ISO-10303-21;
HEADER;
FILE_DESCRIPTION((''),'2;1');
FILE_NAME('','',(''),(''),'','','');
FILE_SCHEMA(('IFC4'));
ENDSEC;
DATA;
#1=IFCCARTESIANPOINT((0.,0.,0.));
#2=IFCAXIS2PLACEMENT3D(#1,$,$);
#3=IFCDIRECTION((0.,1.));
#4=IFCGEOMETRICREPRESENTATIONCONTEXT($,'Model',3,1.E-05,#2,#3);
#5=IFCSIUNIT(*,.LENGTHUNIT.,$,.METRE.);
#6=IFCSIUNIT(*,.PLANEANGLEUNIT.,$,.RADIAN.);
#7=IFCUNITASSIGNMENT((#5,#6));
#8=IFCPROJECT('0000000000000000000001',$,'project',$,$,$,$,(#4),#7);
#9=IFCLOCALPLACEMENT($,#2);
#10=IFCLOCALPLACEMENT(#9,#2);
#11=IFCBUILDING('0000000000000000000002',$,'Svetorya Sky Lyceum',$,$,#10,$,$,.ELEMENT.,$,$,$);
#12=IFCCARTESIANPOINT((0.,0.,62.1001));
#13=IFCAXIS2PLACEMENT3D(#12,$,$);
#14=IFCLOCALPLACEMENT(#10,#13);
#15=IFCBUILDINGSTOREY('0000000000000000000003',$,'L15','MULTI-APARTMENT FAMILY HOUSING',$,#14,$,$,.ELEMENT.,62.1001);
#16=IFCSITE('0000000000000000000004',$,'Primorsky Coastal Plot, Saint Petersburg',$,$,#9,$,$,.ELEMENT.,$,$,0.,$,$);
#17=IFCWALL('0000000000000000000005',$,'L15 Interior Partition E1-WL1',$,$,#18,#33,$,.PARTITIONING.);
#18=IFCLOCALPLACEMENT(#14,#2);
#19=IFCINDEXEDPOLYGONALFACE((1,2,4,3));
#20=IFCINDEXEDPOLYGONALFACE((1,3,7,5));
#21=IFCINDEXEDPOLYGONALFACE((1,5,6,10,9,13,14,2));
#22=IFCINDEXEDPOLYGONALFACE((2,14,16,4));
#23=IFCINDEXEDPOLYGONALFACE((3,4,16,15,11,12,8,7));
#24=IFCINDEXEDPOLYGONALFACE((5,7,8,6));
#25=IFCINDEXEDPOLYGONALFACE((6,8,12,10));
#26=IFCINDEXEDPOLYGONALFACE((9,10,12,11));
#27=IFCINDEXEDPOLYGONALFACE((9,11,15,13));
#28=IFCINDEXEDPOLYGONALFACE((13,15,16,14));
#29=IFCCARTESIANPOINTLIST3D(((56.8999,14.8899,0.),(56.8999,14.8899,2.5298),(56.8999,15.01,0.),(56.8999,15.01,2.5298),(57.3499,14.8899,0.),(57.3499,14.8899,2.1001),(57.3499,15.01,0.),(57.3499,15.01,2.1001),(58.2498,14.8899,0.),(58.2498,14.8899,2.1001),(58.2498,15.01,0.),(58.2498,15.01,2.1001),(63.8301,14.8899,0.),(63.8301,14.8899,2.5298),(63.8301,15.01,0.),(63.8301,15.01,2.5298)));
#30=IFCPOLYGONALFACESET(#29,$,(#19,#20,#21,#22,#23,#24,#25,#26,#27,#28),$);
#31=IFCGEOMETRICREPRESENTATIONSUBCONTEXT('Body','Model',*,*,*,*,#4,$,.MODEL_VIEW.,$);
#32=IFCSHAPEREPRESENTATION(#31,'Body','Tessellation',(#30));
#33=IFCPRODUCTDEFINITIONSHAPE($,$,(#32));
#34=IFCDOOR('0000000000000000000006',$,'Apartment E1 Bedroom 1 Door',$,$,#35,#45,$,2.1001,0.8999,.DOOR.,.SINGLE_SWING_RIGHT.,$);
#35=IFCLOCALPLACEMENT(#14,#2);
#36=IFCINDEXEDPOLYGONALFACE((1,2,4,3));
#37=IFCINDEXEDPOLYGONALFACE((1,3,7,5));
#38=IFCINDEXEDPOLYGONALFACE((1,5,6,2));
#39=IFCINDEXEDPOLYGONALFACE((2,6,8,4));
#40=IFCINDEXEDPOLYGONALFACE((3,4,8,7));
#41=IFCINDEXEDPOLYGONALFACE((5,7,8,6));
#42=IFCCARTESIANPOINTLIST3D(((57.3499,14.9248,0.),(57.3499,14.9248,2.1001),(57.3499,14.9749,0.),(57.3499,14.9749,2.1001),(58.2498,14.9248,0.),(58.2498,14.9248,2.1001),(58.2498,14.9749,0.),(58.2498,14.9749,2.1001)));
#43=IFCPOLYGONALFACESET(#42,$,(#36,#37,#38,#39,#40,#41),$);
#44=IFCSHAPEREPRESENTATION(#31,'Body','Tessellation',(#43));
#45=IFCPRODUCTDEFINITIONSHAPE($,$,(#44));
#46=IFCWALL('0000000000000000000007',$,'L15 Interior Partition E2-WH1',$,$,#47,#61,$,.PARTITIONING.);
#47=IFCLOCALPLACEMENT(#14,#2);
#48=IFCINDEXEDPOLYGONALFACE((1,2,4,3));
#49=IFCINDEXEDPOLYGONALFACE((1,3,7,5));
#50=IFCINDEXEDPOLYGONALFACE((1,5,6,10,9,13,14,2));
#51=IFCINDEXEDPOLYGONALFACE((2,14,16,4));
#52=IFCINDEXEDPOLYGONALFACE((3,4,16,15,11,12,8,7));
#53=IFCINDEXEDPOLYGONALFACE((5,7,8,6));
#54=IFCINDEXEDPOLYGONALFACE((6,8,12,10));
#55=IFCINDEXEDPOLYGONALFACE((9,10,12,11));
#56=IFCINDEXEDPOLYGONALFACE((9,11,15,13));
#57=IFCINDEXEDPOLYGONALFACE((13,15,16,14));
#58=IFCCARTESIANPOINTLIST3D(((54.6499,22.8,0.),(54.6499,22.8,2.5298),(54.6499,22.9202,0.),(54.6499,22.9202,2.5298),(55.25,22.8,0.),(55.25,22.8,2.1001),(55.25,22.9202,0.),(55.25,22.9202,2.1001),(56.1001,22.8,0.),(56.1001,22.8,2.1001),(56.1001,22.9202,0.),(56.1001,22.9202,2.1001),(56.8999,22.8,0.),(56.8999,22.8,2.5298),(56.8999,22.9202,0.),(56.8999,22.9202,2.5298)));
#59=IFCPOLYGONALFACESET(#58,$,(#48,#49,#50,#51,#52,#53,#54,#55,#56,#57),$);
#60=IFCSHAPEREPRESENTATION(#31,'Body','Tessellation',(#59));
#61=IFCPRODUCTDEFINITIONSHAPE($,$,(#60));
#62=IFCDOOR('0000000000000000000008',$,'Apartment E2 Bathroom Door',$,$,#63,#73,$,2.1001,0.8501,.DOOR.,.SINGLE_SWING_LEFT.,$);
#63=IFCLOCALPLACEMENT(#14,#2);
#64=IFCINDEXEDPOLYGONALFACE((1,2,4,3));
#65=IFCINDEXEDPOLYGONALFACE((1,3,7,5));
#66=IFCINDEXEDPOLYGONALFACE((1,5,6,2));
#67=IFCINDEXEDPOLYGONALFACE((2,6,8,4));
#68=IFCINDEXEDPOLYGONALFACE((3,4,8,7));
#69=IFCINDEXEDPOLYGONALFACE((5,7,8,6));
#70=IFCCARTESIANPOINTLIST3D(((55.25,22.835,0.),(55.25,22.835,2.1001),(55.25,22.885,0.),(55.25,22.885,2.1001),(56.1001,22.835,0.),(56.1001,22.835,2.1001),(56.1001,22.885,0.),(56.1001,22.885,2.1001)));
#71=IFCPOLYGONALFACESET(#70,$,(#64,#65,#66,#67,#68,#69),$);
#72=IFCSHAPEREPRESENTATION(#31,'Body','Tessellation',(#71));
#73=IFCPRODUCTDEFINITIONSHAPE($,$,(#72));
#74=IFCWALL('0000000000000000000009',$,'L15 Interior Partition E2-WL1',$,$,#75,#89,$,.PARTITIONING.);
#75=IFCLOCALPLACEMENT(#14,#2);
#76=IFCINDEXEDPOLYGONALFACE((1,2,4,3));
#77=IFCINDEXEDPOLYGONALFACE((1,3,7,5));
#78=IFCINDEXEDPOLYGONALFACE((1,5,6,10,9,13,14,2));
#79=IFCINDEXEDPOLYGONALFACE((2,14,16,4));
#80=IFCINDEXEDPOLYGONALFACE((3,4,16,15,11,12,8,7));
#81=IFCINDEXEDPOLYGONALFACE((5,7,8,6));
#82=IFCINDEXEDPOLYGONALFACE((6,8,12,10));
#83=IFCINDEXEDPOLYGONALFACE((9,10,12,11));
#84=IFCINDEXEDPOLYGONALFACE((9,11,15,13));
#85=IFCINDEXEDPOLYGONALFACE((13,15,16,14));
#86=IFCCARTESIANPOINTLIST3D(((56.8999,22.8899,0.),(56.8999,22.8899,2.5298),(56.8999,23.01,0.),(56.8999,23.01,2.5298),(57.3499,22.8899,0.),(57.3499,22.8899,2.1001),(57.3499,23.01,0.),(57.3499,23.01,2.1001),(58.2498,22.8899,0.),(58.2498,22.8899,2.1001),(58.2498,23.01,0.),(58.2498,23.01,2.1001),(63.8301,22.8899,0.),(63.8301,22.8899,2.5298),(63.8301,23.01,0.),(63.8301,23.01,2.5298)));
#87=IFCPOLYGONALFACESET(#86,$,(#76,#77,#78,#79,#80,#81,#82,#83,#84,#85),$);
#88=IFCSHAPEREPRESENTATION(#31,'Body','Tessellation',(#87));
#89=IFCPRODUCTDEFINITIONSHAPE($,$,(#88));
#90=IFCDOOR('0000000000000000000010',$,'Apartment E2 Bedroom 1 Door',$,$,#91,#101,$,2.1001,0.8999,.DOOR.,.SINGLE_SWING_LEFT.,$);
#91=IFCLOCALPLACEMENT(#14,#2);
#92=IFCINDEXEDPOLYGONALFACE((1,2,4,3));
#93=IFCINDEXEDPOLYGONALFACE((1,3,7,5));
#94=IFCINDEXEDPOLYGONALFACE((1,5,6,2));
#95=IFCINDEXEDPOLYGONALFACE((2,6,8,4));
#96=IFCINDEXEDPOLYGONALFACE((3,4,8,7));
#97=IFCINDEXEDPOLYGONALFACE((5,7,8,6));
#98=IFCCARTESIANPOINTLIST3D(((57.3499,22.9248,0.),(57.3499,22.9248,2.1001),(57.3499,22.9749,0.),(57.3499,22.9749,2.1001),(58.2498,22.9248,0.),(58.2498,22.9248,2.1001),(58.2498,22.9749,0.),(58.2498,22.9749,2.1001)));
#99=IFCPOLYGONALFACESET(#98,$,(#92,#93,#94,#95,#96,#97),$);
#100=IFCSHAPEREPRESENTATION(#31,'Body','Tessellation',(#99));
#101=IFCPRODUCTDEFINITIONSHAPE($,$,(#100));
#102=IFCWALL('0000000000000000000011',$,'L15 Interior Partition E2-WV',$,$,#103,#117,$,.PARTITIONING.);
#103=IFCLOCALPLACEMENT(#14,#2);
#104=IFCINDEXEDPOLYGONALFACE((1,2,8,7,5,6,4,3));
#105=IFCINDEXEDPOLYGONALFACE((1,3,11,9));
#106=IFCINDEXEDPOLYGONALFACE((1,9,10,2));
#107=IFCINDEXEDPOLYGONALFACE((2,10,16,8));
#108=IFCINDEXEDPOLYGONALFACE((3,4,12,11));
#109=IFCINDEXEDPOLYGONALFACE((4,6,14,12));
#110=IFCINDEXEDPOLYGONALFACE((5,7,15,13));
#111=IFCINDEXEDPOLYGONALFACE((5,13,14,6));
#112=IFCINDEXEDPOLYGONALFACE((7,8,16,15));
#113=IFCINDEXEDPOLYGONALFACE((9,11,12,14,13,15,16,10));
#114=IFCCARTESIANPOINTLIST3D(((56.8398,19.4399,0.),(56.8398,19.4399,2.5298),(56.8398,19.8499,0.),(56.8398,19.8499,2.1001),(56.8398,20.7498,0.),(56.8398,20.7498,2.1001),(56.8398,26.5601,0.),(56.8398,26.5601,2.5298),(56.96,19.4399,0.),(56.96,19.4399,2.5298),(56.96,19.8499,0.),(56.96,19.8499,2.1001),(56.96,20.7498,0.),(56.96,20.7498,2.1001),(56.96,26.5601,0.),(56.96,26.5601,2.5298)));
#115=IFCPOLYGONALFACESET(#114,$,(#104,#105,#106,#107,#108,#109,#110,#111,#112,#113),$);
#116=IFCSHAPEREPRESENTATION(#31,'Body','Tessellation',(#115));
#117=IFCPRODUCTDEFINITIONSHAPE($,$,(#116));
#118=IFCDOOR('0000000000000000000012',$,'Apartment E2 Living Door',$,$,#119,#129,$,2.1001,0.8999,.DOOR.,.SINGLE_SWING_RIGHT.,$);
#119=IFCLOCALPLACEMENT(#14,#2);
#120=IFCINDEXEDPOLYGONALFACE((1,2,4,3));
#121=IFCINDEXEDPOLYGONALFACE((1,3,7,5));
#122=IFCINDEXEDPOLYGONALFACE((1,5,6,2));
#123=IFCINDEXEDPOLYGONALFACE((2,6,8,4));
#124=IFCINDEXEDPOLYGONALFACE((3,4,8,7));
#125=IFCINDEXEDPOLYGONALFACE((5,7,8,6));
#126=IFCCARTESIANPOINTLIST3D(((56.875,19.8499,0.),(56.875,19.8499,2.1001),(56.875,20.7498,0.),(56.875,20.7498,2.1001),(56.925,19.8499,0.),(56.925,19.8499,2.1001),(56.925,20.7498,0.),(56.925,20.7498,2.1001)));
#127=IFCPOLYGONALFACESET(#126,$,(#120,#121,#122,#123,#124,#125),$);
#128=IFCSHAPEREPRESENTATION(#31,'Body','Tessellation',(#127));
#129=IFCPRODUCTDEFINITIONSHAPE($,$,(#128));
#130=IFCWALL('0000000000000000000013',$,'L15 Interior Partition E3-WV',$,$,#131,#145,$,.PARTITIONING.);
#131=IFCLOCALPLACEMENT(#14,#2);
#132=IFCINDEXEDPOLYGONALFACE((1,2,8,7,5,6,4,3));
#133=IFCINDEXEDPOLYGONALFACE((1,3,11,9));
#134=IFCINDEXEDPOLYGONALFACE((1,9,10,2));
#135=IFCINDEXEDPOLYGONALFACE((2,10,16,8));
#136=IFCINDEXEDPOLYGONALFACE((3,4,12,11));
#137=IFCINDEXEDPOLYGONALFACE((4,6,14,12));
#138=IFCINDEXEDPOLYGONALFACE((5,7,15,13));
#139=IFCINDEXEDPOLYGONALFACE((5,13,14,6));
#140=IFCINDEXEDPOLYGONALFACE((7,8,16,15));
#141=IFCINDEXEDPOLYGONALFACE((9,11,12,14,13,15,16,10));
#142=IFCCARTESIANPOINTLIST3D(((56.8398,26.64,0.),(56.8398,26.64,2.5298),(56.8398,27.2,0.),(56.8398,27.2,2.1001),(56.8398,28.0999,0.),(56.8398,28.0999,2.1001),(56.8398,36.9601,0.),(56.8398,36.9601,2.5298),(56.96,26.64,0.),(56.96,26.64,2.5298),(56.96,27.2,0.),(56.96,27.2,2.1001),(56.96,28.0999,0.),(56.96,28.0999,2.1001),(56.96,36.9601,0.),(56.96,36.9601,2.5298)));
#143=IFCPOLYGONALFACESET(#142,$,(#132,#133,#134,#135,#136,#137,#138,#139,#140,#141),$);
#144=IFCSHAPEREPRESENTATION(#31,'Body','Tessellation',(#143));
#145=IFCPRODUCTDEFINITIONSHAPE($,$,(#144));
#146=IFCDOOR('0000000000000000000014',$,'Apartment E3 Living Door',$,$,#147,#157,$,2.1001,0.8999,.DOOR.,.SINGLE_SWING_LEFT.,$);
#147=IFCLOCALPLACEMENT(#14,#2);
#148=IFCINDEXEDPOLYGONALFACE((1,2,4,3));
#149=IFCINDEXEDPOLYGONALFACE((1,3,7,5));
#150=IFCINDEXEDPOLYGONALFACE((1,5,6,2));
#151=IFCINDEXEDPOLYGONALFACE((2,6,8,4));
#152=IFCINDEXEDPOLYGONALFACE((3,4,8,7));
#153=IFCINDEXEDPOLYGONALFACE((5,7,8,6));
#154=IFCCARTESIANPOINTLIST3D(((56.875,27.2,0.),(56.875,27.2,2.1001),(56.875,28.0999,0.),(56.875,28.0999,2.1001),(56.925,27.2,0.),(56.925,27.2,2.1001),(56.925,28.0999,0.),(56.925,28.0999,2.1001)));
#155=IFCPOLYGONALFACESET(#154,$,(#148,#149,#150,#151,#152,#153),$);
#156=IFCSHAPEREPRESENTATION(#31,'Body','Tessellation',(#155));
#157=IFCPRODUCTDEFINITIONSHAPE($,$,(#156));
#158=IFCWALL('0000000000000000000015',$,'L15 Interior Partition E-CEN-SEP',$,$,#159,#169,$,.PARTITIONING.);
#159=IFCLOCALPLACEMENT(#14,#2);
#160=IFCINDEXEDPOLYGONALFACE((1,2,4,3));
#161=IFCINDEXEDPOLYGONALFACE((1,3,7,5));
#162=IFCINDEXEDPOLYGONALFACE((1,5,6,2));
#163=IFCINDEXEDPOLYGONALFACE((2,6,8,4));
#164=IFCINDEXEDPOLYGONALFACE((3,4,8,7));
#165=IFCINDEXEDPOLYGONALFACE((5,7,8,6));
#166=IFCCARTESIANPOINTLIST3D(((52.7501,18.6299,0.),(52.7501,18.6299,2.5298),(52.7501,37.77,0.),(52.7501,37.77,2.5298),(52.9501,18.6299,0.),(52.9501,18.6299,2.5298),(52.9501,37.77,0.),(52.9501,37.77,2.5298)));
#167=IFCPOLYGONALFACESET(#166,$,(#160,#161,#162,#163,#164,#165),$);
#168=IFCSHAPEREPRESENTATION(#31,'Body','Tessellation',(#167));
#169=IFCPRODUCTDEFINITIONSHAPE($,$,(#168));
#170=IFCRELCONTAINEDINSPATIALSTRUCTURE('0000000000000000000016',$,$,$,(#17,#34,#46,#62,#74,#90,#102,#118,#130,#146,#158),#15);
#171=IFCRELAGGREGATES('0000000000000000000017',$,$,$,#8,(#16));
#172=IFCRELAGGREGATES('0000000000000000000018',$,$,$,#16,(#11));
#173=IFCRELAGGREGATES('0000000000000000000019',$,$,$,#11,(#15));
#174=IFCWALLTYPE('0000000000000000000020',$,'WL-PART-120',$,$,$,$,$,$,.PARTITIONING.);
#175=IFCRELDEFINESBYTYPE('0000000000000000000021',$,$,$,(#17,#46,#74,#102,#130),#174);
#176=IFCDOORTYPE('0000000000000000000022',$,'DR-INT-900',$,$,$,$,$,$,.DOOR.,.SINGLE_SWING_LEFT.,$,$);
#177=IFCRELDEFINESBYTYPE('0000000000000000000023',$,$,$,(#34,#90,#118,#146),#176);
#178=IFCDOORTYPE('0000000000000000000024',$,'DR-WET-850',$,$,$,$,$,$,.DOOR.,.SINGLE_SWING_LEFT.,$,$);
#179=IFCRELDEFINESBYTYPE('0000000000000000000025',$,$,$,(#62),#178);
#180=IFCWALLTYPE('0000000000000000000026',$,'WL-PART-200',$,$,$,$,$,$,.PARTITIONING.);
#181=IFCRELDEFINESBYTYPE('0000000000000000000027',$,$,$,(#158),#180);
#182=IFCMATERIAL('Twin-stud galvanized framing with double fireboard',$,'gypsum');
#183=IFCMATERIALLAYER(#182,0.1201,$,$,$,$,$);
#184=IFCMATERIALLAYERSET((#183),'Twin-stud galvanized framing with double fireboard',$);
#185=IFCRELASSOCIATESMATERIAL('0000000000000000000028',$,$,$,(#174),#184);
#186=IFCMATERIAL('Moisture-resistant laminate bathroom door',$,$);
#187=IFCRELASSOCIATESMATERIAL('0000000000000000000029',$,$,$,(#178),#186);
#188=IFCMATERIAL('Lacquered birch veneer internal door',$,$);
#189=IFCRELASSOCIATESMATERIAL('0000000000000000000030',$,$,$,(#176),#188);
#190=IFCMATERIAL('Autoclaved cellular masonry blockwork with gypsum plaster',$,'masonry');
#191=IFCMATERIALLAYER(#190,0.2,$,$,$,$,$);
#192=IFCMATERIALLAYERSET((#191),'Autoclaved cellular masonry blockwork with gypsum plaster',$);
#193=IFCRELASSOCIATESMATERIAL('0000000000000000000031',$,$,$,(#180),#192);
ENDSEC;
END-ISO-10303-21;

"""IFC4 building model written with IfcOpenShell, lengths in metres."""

from ifc_helpers import new_model, si_unit, direction, frame, frame_2d, origin, place, context, subcontext, project, spatial, rectangle, extrude, material, layer, layer_set, type_object, element, fill, save


model = new_model("IFC4")

# Units and contexts
model_context = context("Model", 3, precision=1e-05, world=origin(), true_north=direction((0.0, 1.0)))
body_context = subcontext(model_context, "Body", "Model", "MODEL_VIEW")
ifc_project = project(units=[si_unit("LENGTHUNIT", "METRE"), si_unit("PLANEANGLEUNIT", "RADIAN")], contexts=[model_context])

# Site, building, storey
site_placement = place(None, origin())
site = spatial("IfcSite", under=ifc_project, at=site_placement, Name="Primorsky Coastal Plot, Saint Petersburg", CompositionType="ELEMENT", RefElevation=0.0)
building_placement = place(site_placement, origin())
building = spatial("IfcBuilding", under=site, at=building_placement, Name="Svetorya Sky Lyceum", CompositionType="ELEMENT")
storey_placement = place(building_placement, frame((0.0, 0.0, 62.1001)))
storey = spatial("IfcBuildingStorey", under=building, at=storey_placement, Name="L15", Description="MULTI-APARTMENT FAMILY HOUSING", CompositionType="ELEMENT", Elevation=62.1001)

# Walls, openings, doors
ifc_material_1 = material(Name="Twin-stud galvanized framing with double fireboard", Category="gypsum")
ifc_layer_1 = layer(ifc_material_1, 0.1201)
ifc_layer_set_1 = layer_set([ifc_layer_1], Name="Twin-stud galvanized framing with double fireboard")
wall_type_1 = type_object("IfcWallType", Name="WL-PART-120", PredefinedType="PARTITIONING", material=ifc_layer_set_1)
ifc_material_2 = material(Name="Moisture-resistant laminate bathroom door")
door_type_1 = type_object("IfcDoorType", Name="DR-WET-850", OperationType="SINGLE_SWING_LEFT", PredefinedType="DOOR", material=ifc_material_2)
wall_1_placement = place(storey_placement, frame((56.8999, 14.95, 0.0), z_axis=(0.0, 0.0, 1.0), x_axis=(1.0, 0.0, 0.0)))
wall_1 = element("IfcWall", 1, at=wall_1_placement, inside=storey, type_object=wall_type_1, Name="L15 Interior Partition E1-WL1", PredefinedType="PARTITIONING", context=body_context, shape_type="SweptSolid", body=[
    extrude(rectangle(XDim=6.9302, YDim=0.1201, at=frame_2d((3.4651, 0.0))), origin(), (0.0, 0.0, 1.0), 2.5298),
])
opening_1_placement = place(wall_1_placement, frame((0.45, 0.0, 0.0)))
opening_1 = element("IfcOpeningElement", 2, at=opening_1_placement, cuts=wall_1, PredefinedType="OPENING", context=body_context, shape_type="SweptSolid", body=[
    extrude(rectangle(XDim=0.8999, YDim=2.1001, at=frame_2d((0.45, 1.05))), frame((0.0, 0.0701, 0.0), z_axis=(0.0, -1.0, 0.0), x_axis=(1.0, 0.0, 0.0)), (0.0, 0.0, 1.0), 0.1401),
])
ifc_material_3 = material(Name="Lacquered birch veneer internal door")
door_type_2 = type_object("IfcDoorType", Name="DR-INT-900", OperationType="SINGLE_SWING_LEFT", PredefinedType="DOOR", material=ifc_material_3)
door_1_placement = place(opening_1_placement, origin())
door_1 = element("IfcDoor", 3, at=door_1_placement, inside=storey, type_object=door_type_2, Name="Apartment E1 Bedroom 1 Door", OperationType="SINGLE_SWING_RIGHT", OverallHeight=2.1001, OverallWidth=0.8999, PredefinedType="DOOR", context=body_context, shape_type="SweptSolid", body=[
    extrude(rectangle(XDim=0.8999, YDim=2.1001, at=frame_2d((0.45, 1.05))), frame((0.0, 0.0249, 0.0), z_axis=(0.0, -1.0, 0.0), x_axis=(1.0, 0.0, 0.0)), (0.0, 0.0, 1.0), 0.05),
])
fill(opening_1, door_1)
wall_2_placement = place(storey_placement, frame((54.6499, 22.8601, 0.0), z_axis=(0.0, 0.0, 1.0), x_axis=(1.0, 0.0, 0.0)))
wall_2 = element("IfcWall", 4, at=wall_2_placement, inside=storey, type_object=wall_type_1, Name="L15 Interior Partition E2-WH1", PredefinedType="PARTITIONING", context=body_context, shape_type="SweptSolid", body=[
    extrude(rectangle(XDim=2.25, YDim=0.1201, at=frame_2d((1.125, 0.0))), origin(), (0.0, 0.0, 1.0), 2.5298),
])
opening_2_placement = place(wall_2_placement, frame((0.6001, 0.0, 0.0)))
opening_2 = element("IfcOpeningElement", 5, at=opening_2_placement, cuts=wall_2, PredefinedType="OPENING", context=body_context, shape_type="SweptSolid", body=[
    extrude(rectangle(XDim=0.8501, YDim=2.1001, at=frame_2d((0.425, 1.05))), frame((0.0, 0.0701, 0.0), z_axis=(0.0, -1.0, 0.0), x_axis=(1.0, 0.0, 0.0)), (0.0, 0.0, 1.0), 0.1401),
])
door_2_placement = place(opening_2_placement, origin())
door_2 = element("IfcDoor", 6, at=door_2_placement, inside=storey, type_object=door_type_1, Name="Apartment E2 Bathroom Door", OperationType="SINGLE_SWING_LEFT", OverallHeight=2.1001, OverallWidth=0.8501, PredefinedType="DOOR", context=body_context, shape_type="SweptSolid", body=[
    extrude(rectangle(XDim=0.8501, YDim=2.1001, at=frame_2d((0.425, 1.05))), frame((0.0, 0.0249, 0.0), z_axis=(0.0, -1.0, 0.0), x_axis=(1.0, 0.0, 0.0)), (0.0, 0.0, 1.0), 0.05),
])
fill(opening_2, door_2)
wall_3_placement = place(storey_placement, frame((56.8999, 22.95, 0.0), z_axis=(0.0, 0.0, 1.0), x_axis=(1.0, 0.0, 0.0)))
wall_3 = element("IfcWall", 7, at=wall_3_placement, inside=storey, type_object=wall_type_1, Name="L15 Interior Partition E2-WL1", PredefinedType="PARTITIONING", context=body_context, shape_type="SweptSolid", body=[
    extrude(rectangle(XDim=6.9302, YDim=0.1201, at=frame_2d((3.4651, 0.0))), origin(), (0.0, 0.0, 1.0), 2.5298),
])
opening_3_placement = place(wall_3_placement, frame((0.45, 0.0, 0.0)))
opening_3 = element("IfcOpeningElement", 8, at=opening_3_placement, cuts=wall_3, PredefinedType="OPENING", context=body_context, shape_type="SweptSolid", body=[
    extrude(rectangle(XDim=0.8999, YDim=2.1001, at=frame_2d((0.45, 1.05))), frame((0.0, 0.0701, 0.0), z_axis=(0.0, -1.0, 0.0), x_axis=(1.0, 0.0, 0.0)), (0.0, 0.0, 1.0), 0.1401),
])
door_3_placement = place(opening_3_placement, origin())
door_3 = element("IfcDoor", 9, at=door_3_placement, inside=storey, type_object=door_type_2, Name="Apartment E2 Bedroom 1 Door", OperationType="SINGLE_SWING_LEFT", OverallHeight=2.1001, OverallWidth=0.8999, PredefinedType="DOOR", context=body_context, shape_type="SweptSolid", body=[
    extrude(rectangle(XDim=0.8999, YDim=2.1001, at=frame_2d((0.45, 1.05))), frame((0.0, 0.0249, 0.0), z_axis=(0.0, -1.0, 0.0), x_axis=(1.0, 0.0, 0.0)), (0.0, 0.0, 1.0), 0.05),
])
fill(opening_3, door_3)
wall_4_placement = place(storey_placement, frame((56.8999, 19.4399, 0.0), z_axis=(0.0, 0.0, 1.0), x_axis=(0.0, 1.0, 0.0)))
wall_4 = element("IfcWall", 10, at=wall_4_placement, inside=storey, type_object=wall_type_1, Name="L15 Interior Partition E2-WV", PredefinedType="PARTITIONING", context=body_context, shape_type="SweptSolid", body=[
    extrude(rectangle(XDim=7.1201, YDim=0.1201, at=frame_2d((3.5601, 0.0))), origin(), (0.0, 0.0, 1.0), 2.5298),
])
opening_4_placement = place(wall_4_placement, frame((0.4099, 0.0, 0.0)))
opening_4 = element("IfcOpeningElement", 11, at=opening_4_placement, cuts=wall_4, PredefinedType="OPENING", context=body_context, shape_type="SweptSolid", body=[
    extrude(rectangle(XDim=0.8999, YDim=2.1001, at=frame_2d((0.45, 1.05))), frame((0.0, 0.0701, 0.0), z_axis=(0.0, -1.0, 0.0), x_axis=(1.0, 0.0, 0.0)), (0.0, 0.0, 1.0), 0.1401),
])
door_4_placement = place(opening_4_placement, origin())
door_4 = element("IfcDoor", 12, at=door_4_placement, inside=storey, type_object=door_type_2, Name="Apartment E2 Living Door", OperationType="SINGLE_SWING_RIGHT", OverallHeight=2.1001, OverallWidth=0.8999, PredefinedType="DOOR", context=body_context, shape_type="SweptSolid", body=[
    extrude(rectangle(XDim=0.8999, YDim=2.1001, at=frame_2d((0.45, 1.05))), frame((0.0, 0.0249, 0.0), z_axis=(0.0, -1.0, 0.0), x_axis=(1.0, 0.0, 0.0)), (0.0, 0.0, 1.0), 0.05),
])
fill(opening_4, door_4)
wall_5_placement = place(storey_placement, frame((56.8999, 26.6399, 0.0), z_axis=(0.0, 0.0, 1.0), x_axis=(0.0, 1.0, 0.0)))
wall_5 = element("IfcWall", 13, at=wall_5_placement, inside=storey, type_object=wall_type_1, Name="L15 Interior Partition E3-WV", PredefinedType="PARTITIONING", context=body_context, shape_type="SweptSolid", body=[
    extrude(rectangle(XDim=10.3201, YDim=0.1201, at=frame_2d((5.1602, 0.0))), origin(), (0.0, 0.0, 1.0), 2.5298),
])
opening_5_placement = place(wall_5_placement, frame((0.5601, 0.0, 0.0)))
opening_5 = element("IfcOpeningElement", 14, at=opening_5_placement, cuts=wall_5, PredefinedType="OPENING", context=body_context, shape_type="SweptSolid", body=[
    extrude(rectangle(XDim=0.8999, YDim=2.1001, at=frame_2d((0.45, 1.05))), frame((0.0, 0.0701, 0.0), z_axis=(0.0, -1.0, 0.0), x_axis=(1.0, 0.0, 0.0)), (0.0, 0.0, 1.0), 0.1401),
])
door_5_placement = place(opening_5_placement, origin())
door_5 = element("IfcDoor", 15, at=door_5_placement, inside=storey, type_object=door_type_2, Name="Apartment E3 Living Door", OperationType="SINGLE_SWING_LEFT", OverallHeight=2.1001, OverallWidth=0.8999, PredefinedType="DOOR", context=body_context, shape_type="SweptSolid", body=[
    extrude(rectangle(XDim=0.8999, YDim=2.1001, at=frame_2d((0.45, 1.05))), frame((0.0, 0.0249, 0.0), z_axis=(0.0, -1.0, 0.0), x_axis=(1.0, 0.0, 0.0)), (0.0, 0.0, 1.0), 0.05),
])
fill(opening_5, door_5)

# Wall
ifc_material_4 = material(Name="Autoclaved cellular masonry blockwork with gypsum plaster", Category="masonry")
ifc_layer_2 = layer(ifc_material_4, 0.2)
ifc_layer_set_2 = layer_set([ifc_layer_2], Name="Autoclaved cellular masonry blockwork with gypsum plaster")
wall_type_2 = type_object("IfcWallType", Name="WL-PART-200", PredefinedType="PARTITIONING", material=ifc_layer_set_2)
wall_6_placement = place(storey_placement, frame((52.8501, 18.6299, 0.0), z_axis=(0.0, 0.0, 1.0), x_axis=(0.0, 1.0, 0.0)))
element("IfcWall", 16, at=wall_6_placement, inside=storey, type_object=wall_type_2, Name="L15 Interior Partition E-CEN-SEP", PredefinedType="PARTITIONING", context=body_context, shape_type="SweptSolid", body=[
    extrude(rectangle(XDim=19.1401, YDim=0.2, at=frame_2d((9.5701, 0.0))), origin(), (0.0, 0.0, 1.0), 2.5298),
])

save(model, "model.ifc")
